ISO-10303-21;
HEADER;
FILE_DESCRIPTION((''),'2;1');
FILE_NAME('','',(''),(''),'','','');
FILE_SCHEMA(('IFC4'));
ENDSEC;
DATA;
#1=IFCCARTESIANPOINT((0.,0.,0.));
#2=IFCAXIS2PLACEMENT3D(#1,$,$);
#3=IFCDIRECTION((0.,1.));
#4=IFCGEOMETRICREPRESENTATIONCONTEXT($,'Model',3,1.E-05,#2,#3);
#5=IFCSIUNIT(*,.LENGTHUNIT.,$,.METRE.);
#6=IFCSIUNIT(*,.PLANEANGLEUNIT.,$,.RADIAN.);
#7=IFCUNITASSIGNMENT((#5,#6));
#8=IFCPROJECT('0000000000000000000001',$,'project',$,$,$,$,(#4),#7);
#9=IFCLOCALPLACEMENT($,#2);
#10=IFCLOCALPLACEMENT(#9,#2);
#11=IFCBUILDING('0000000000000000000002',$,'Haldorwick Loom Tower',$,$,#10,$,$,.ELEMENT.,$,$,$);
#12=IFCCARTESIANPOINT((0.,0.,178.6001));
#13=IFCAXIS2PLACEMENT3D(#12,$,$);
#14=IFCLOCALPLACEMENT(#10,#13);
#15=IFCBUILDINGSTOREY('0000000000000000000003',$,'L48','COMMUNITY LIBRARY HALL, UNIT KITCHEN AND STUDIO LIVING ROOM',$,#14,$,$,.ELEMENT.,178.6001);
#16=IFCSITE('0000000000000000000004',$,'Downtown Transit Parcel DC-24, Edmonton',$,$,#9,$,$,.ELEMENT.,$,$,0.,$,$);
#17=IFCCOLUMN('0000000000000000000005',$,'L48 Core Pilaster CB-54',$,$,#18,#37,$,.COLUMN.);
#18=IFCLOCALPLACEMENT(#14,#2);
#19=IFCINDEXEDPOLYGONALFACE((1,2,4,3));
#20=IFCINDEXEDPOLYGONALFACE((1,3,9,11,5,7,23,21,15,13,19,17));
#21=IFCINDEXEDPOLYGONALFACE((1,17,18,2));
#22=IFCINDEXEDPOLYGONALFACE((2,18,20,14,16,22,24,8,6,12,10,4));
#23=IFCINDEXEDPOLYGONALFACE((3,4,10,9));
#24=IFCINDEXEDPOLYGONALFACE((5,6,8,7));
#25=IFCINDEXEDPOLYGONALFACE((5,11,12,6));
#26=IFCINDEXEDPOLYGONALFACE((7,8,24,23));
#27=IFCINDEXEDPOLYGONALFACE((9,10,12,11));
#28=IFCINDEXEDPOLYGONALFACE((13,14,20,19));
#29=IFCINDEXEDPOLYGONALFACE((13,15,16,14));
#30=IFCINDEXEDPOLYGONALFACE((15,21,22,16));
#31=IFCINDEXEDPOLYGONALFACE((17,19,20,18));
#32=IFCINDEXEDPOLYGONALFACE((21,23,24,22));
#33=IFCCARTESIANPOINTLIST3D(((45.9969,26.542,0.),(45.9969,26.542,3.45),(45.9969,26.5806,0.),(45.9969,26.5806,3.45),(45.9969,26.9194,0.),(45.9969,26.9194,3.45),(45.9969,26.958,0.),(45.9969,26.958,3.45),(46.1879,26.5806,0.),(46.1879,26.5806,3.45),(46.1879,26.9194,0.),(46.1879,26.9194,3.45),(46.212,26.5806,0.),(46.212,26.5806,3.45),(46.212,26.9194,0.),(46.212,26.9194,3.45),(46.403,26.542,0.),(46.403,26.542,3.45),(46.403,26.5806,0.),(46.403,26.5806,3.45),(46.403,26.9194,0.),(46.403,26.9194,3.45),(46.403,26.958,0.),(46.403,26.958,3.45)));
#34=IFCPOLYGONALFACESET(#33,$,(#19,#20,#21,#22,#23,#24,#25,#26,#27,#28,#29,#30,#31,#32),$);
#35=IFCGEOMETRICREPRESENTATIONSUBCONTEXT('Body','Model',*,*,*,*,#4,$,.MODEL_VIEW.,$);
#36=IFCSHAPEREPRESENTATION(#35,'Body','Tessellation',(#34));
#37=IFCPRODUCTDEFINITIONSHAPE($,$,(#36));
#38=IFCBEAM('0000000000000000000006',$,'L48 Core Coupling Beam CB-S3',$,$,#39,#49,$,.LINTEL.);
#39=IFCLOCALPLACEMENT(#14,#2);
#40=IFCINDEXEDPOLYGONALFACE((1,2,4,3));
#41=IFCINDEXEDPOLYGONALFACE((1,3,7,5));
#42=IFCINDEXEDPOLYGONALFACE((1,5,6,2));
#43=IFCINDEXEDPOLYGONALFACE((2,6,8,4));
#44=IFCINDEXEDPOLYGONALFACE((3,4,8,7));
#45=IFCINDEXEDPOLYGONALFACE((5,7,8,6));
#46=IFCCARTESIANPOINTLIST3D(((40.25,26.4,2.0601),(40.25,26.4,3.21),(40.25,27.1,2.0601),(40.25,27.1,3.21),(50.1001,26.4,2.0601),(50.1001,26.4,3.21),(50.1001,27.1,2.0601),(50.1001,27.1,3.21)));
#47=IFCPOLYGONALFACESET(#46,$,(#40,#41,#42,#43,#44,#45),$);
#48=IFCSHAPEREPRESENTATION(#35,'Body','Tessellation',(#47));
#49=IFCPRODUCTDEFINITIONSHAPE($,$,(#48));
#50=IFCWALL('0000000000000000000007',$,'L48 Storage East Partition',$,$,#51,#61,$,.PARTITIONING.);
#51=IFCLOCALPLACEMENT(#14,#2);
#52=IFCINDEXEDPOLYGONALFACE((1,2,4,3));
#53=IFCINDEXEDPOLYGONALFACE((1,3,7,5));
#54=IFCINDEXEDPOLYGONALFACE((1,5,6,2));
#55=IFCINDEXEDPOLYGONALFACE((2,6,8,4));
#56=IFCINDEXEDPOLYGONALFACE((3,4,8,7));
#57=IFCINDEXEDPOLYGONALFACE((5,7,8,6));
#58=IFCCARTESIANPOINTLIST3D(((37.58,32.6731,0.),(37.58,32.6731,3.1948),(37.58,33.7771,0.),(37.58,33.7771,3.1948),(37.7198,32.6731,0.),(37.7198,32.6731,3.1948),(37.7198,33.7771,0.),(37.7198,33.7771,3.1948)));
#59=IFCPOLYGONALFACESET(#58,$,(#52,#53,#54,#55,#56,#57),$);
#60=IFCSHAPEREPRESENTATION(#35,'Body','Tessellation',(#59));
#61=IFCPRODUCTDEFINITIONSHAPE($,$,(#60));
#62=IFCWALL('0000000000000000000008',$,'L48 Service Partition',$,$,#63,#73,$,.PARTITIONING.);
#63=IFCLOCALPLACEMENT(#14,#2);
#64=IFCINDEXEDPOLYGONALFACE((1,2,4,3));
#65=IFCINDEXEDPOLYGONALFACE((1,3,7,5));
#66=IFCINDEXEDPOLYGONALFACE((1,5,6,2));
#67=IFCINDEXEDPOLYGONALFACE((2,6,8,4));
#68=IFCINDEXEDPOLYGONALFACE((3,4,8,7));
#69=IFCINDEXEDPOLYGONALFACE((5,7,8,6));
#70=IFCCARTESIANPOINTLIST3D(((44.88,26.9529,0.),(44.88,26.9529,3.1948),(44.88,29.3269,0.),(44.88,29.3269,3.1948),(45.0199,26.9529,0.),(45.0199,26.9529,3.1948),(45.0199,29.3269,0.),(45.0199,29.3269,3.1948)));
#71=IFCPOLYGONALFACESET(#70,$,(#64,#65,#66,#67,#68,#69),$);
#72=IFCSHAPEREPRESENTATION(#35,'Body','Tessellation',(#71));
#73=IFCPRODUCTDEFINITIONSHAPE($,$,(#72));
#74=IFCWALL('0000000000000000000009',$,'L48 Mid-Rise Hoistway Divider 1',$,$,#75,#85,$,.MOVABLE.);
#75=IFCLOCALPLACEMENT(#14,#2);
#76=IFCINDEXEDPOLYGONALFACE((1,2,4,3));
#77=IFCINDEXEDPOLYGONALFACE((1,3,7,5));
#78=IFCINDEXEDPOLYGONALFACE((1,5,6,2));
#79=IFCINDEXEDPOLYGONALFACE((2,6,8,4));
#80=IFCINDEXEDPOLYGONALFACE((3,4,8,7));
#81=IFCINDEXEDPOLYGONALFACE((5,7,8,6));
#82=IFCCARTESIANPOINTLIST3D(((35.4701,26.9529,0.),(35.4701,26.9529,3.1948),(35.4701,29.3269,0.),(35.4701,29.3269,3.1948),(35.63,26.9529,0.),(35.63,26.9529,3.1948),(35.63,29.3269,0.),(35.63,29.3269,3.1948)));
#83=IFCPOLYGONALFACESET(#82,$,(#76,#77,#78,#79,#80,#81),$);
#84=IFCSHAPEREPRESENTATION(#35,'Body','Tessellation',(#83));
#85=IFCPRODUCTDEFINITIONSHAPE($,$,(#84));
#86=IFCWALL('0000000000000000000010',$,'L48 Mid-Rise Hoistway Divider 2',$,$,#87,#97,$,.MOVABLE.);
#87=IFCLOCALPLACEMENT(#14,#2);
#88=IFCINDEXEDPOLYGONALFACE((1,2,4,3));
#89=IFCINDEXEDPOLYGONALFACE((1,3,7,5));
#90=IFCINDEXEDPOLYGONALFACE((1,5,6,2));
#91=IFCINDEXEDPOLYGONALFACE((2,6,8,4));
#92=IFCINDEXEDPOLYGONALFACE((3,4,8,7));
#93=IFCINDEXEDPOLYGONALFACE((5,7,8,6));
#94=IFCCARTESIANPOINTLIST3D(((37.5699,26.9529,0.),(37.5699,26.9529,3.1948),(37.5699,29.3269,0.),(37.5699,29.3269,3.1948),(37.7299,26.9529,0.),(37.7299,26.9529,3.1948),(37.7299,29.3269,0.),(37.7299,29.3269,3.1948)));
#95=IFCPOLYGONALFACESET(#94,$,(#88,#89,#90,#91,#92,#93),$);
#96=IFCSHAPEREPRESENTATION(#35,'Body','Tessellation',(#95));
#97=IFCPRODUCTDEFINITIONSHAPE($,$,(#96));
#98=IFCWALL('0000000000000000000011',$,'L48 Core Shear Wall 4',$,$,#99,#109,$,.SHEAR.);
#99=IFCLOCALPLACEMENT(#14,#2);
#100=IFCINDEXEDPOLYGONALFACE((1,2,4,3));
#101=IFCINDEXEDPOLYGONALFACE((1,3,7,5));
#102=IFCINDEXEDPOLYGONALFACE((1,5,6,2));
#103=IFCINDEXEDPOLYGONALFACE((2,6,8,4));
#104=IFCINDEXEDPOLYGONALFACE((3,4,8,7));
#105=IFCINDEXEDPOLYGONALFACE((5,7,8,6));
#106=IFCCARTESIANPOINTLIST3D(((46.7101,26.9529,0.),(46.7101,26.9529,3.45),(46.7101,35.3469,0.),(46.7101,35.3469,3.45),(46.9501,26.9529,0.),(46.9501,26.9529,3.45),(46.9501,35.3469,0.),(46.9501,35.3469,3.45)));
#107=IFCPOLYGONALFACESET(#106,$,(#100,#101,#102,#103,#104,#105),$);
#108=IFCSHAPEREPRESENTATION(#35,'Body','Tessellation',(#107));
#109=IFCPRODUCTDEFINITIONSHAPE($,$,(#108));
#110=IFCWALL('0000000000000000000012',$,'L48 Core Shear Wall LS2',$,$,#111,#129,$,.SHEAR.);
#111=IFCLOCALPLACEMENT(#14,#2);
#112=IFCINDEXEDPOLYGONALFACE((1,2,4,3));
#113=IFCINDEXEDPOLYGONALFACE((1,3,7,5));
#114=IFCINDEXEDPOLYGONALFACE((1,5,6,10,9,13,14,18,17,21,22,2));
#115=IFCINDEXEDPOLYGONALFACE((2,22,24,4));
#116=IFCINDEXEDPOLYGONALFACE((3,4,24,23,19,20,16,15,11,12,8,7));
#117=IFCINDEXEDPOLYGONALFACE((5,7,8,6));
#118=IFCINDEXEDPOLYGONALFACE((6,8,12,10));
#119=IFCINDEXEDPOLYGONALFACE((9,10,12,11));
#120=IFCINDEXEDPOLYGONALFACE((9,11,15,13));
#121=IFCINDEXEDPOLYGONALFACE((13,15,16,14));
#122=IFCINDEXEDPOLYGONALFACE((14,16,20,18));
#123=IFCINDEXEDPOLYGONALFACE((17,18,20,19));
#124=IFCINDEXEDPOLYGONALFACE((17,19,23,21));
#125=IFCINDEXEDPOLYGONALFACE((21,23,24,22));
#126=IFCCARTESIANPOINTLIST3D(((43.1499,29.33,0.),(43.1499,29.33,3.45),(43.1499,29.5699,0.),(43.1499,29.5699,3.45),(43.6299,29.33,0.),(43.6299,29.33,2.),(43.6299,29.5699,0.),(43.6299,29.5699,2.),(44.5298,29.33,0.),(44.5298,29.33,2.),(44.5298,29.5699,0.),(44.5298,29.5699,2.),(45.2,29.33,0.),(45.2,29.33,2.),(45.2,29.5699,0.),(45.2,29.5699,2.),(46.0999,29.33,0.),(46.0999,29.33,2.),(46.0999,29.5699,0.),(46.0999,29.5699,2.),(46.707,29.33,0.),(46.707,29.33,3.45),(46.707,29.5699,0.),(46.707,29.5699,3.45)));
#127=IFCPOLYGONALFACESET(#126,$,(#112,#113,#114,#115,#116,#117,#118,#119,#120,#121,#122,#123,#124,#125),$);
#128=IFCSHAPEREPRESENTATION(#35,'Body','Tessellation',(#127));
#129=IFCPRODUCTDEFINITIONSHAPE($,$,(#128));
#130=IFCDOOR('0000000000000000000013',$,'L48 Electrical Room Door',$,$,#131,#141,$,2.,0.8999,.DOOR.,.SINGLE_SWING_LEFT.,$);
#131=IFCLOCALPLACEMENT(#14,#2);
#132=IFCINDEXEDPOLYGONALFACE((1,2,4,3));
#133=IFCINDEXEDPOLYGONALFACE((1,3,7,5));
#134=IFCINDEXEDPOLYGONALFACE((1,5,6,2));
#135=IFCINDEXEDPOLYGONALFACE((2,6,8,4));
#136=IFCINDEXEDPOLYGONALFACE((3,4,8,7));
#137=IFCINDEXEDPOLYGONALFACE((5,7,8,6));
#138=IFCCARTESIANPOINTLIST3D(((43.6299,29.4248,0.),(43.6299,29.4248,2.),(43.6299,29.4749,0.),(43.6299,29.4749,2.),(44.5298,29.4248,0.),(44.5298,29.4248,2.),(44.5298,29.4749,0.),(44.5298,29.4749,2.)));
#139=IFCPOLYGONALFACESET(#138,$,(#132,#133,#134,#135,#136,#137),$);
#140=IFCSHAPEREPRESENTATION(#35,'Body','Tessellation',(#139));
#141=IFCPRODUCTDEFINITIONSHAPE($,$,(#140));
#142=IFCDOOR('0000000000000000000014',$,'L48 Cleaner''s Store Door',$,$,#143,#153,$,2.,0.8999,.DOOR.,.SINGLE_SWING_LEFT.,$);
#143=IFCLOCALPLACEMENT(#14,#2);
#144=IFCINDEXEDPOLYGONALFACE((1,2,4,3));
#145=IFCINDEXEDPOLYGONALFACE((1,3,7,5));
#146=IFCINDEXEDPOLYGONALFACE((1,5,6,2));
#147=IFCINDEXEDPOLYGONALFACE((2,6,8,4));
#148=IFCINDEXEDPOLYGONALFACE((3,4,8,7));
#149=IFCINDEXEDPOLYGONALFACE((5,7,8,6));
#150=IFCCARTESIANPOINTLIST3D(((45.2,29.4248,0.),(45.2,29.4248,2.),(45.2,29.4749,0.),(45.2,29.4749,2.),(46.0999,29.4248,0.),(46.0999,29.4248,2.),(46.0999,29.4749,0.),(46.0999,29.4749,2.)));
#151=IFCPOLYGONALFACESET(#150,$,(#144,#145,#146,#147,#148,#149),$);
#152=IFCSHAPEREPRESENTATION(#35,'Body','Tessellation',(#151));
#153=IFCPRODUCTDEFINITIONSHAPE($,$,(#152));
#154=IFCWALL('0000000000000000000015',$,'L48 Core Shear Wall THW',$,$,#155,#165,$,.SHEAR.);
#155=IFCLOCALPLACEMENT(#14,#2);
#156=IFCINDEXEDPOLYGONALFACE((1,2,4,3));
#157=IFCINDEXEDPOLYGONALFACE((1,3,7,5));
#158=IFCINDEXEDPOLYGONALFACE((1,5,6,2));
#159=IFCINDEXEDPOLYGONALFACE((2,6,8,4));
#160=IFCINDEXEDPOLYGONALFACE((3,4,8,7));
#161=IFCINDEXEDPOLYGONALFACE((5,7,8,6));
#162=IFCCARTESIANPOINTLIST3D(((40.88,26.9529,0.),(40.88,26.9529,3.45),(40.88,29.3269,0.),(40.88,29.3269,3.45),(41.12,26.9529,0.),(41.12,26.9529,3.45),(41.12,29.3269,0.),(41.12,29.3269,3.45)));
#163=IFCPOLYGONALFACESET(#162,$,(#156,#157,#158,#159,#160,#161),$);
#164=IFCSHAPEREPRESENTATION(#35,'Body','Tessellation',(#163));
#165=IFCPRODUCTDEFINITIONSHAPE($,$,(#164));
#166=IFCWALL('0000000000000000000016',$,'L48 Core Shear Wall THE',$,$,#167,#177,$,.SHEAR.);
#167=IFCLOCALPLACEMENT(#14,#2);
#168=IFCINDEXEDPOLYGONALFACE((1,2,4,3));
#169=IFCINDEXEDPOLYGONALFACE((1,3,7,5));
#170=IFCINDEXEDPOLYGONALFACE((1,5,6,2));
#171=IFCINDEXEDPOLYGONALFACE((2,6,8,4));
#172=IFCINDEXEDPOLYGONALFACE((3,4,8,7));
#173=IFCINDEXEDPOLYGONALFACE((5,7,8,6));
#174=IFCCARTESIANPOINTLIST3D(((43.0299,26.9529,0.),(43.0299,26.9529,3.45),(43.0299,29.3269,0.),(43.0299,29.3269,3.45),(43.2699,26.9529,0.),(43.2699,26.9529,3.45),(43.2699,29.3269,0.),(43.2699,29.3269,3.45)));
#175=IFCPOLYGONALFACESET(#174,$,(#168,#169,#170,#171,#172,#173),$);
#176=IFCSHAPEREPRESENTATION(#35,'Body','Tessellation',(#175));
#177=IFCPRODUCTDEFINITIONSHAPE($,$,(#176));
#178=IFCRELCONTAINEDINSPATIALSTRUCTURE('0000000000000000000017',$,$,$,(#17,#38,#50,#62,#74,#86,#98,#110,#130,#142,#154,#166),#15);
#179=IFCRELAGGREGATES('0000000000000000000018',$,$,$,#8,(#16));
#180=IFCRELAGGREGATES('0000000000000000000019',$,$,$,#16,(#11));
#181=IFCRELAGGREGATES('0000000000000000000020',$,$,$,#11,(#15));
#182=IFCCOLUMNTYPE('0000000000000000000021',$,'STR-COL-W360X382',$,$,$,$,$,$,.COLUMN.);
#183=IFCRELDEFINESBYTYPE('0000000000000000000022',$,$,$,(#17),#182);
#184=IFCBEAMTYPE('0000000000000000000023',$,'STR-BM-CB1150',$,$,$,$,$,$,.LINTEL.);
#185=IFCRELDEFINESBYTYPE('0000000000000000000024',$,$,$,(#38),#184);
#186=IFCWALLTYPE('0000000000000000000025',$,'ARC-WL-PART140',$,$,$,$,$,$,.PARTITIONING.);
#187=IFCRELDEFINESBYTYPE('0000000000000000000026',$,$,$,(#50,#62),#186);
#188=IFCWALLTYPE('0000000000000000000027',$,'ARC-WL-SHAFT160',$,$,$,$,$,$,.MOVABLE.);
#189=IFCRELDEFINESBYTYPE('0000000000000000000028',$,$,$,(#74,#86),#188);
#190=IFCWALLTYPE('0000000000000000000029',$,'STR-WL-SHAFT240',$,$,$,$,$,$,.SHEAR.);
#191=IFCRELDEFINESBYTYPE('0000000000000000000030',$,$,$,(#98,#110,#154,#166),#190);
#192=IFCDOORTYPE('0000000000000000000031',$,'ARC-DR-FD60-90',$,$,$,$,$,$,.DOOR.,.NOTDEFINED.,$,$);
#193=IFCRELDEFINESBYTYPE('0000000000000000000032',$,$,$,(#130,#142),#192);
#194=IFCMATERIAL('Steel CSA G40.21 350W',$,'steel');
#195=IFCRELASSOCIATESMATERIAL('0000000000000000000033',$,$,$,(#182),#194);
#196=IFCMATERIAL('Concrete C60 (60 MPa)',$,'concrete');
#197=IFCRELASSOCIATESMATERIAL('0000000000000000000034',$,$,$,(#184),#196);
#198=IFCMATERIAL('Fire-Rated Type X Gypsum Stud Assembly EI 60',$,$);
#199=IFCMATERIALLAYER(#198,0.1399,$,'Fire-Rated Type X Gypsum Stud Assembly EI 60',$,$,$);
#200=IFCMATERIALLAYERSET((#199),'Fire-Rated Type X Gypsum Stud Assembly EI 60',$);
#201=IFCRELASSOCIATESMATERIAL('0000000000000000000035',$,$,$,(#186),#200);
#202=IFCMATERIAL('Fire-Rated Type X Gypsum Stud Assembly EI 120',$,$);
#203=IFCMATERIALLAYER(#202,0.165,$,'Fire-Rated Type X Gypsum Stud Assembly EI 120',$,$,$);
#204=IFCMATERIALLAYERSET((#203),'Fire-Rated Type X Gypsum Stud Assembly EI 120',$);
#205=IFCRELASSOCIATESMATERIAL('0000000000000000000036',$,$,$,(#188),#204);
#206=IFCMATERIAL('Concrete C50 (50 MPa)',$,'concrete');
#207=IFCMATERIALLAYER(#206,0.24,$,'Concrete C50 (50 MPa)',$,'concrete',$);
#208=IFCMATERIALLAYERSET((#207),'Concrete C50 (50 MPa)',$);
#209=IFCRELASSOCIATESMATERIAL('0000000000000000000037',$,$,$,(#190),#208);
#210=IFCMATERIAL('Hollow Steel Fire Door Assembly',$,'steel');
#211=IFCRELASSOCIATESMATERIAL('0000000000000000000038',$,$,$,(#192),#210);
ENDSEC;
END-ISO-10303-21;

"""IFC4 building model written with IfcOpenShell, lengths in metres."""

from ifc_helpers import new_model, si_unit, direction, frame, frame_2d, origin, origin_2d, place, context, subcontext, project, spatial, rectangle, i_section, extrude, material, layer, layer_set, material_profile, profile_set, type_object, element, fill, save


model = new_model("IFC4")

# Units and contexts
model_context = context("Model", 3, precision=1e-05, world=origin(), true_north=direction((0.0, 1.0)))
body_context = subcontext(model_context, "Body", "Model", "MODEL_VIEW")
ifc_project = project(units=[si_unit("LENGTHUNIT", "METRE"), si_unit("PLANEANGLEUNIT", "RADIAN")], contexts=[model_context])

# Site, building, storey
site_placement = place(None, origin())
site = spatial("IfcSite", under=ifc_project, at=site_placement, Name="Downtown Transit Parcel DC-24, Edmonton", CompositionType="ELEMENT", RefElevation=0.0)
building_placement = place(site_placement, origin())
building = spatial("IfcBuilding", under=site, at=building_placement, Name="Haldorwick Loom Tower", CompositionType="ELEMENT")
storey_placement = place(building_placement, frame((0.0, 0.0, 178.6001)))
storey = spatial("IfcBuildingStorey", under=building, at=storey_placement, Name="L48", Description="COMMUNITY LIBRARY HALL, UNIT KITCHEN AND STUDIO LIVING ROOM", CompositionType="ELEMENT", Elevation=178.6001)

# Column
ifc_material_1 = material(Name="Steel CSA G40.21 350W", Category="steel")
ifc_material_profile_1 = material_profile(ifc_material_1, i_section(OverallWidth=0.406, OverallDepth=0.416, WebThickness=0.0242, FlangeThickness=0.0386, at=origin_2d()), Name="W360X382", Category="steel")
ifc_profile_set_1 = profile_set([ifc_material_profile_1], Name="Steel CSA G40.21 350W")
column_type = type_object("IfcColumnType", Name="STR-COL-W360X382", PredefinedType="COLUMN", material=ifc_profile_set_1)
for number, where, z_axis, x_axis, name in (
    (1, (46.2, 26.75, 0.0), (0.0, 0.0, 1.0), (1.0, 0.0, 0.0), "L48 Core Pilaster CB-54"),
):
    element("IfcColumn", number, at=place(storey_placement, frame(where, z_axis=z_axis, x_axis=x_axis)), inside=storey, type_object=column_type, Name=name, PredefinedType="COLUMN", context=body_context, shape_type="SweptSolid", body=[
        extrude(i_section(OverallWidth=0.406, OverallDepth=0.416, WebThickness=0.0242, FlangeThickness=0.0386, at=origin_2d()), origin(), (0.0, 0.0, 1.0), 3.45),
    ])

# Beam
ifc_material_2 = material(Name="Concrete C60 (60 MPa)", Category="concrete")
ifc_material_profile_2 = material_profile(ifc_material_2, rectangle(XDim=0.7, YDim=1.1499, at=origin_2d()), Name="RC700X1150", Category="concrete")
ifc_profile_set_2 = profile_set([ifc_material_profile_2], Name="Concrete C60 (60 MPa)")
beam_type = type_object("IfcBeamType", Name="STR-BM-CB1150", PredefinedType="LINTEL", material=ifc_profile_set_2)
beam_placement = place(storey_placement, frame((40.25, 26.75, 2.635), z_axis=(1.0, 0.0, 0.0), x_axis=(0.0, 1.0, 0.0)))
element("IfcBeam", 2, at=beam_placement, inside=storey, type_object=beam_type, Name="L48 Core Coupling Beam CB-S3", PredefinedType="LINTEL", context=body_context, shape_type="SweptSolid", body=[
    extrude(rectangle(XDim=0.7, YDim=1.1499, at=origin_2d()), origin(), (0.0, 0.0, 1.0), 9.8501),
])

# Walls
ifc_material_3 = material(Name="Fire-Rated Type X Gypsum Stud Assembly EI 60")
ifc_layer_1 = layer(ifc_material_3, 0.1399, Name="Fire-Rated Type X Gypsum Stud Assembly EI 60")
ifc_layer_set_1 = layer_set([ifc_layer_1], Name="Fire-Rated Type X Gypsum Stud Assembly EI 60")
wall_type_1 = type_object("IfcWallType", Name="ARC-WL-PART140", PredefinedType="PARTITIONING", material=ifc_layer_set_1)
wall_1_placement = place(storey_placement, frame((37.6499, 32.6731, 0.0), z_axis=(0.0, 0.0, 1.0), x_axis=(0.0, 1.0, 0.0)))
element("IfcWall", 3, at=wall_1_placement, inside=storey, type_object=wall_type_1, Name="L48 Storage East Partition", PredefinedType="PARTITIONING", context=body_context, shape_type="SweptSolid", body=[
    extrude(rectangle(XDim=1.104, YDim=0.1399, at=frame_2d((0.552, 0.0))), origin(), (0.0, 0.0, 1.0), 3.1948),
])
wall_2_placement = place(storey_placement, frame((44.95, 26.9529, 0.0), z_axis=(0.0, 0.0, 1.0), x_axis=(0.0, 1.0, 0.0)))
element("IfcWall", 4, at=wall_2_placement, inside=storey, type_object=wall_type_1, Name="L48 Service Partition", PredefinedType="PARTITIONING", context=body_context, shape_type="SweptSolid", body=[
    extrude(rectangle(XDim=2.374, YDim=0.1399, at=frame_2d((1.187, 0.0))), origin(), (0.0, 0.0, 1.0), 3.1948),
])
ifc_material_4 = material(Name="Fire-Rated Type X Gypsum Stud Assembly EI 120")
ifc_layer_2 = layer(ifc_material_4, 0.165, Name="Fire-Rated Type X Gypsum Stud Assembly EI 120")
ifc_layer_set_2 = layer_set([ifc_layer_2], Name="Fire-Rated Type X Gypsum Stud Assembly EI 120")
wall_type_2 = type_object("IfcWallType", Name="ARC-WL-SHAFT160", PredefinedType="MOVABLE", material=ifc_layer_set_2)
for number, where, z_axis, x_axis, name in (
    (5, (35.55, 26.9529, 0.0), (0.0, 0.0, 1.0), (0.0, 1.0, 0.0), "L48 Mid-Rise Hoistway Divider 1"),
    (6, (37.6499, 26.9529, 0.0), (0.0, 0.0, 1.0), (0.0, 1.0, 0.0), "L48 Mid-Rise Hoistway Divider 2"),
):
    element("IfcWall", number, at=place(storey_placement, frame(where, z_axis=z_axis, x_axis=x_axis)), inside=storey, type_object=wall_type_2, Name=name, PredefinedType="MOVABLE", context=body_context, shape_type="SweptSolid", body=[
        extrude(rectangle(XDim=2.374, YDim=0.1599, at=frame_2d((1.187, 0.0))), origin(), (0.0, 0.0, 1.0), 3.1948),
    ])
ifc_material_5 = material(Name="Concrete C50 (50 MPa)", Category="concrete")
ifc_layer_3 = layer(ifc_material_5, 0.24, Name="Concrete C50 (50 MPa)", Category="concrete")
ifc_layer_set_3 = layer_set([ifc_layer_3], Name="Concrete C50 (50 MPa)")
wall_type_3 = type_object("IfcWallType", Name="STR-WL-SHAFT240", PredefinedType="SHEAR", material=ifc_layer_set_3)
wall_3_placement = place(storey_placement, frame((46.8301, 26.9529, 0.0), z_axis=(0.0, 0.0, 1.0), x_axis=(0.0, 1.0, 0.0)))
element("IfcWall", 7, at=wall_3_placement, inside=storey, type_object=wall_type_3, Name="L48 Core Shear Wall 4", PredefinedType="SHEAR", context=body_context, shape_type="SweptSolid", body=[
    extrude(rectangle(XDim=8.394, YDim=0.24, at=frame_2d((4.197, 0.0))), origin(), (0.0, 0.0, 1.0), 3.45),
])

# Wall, openings, doors
wall_4_placement = place(storey_placement, frame((43.1499, 29.45, 0.0), z_axis=(0.0, 0.0, 1.0), x_axis=(1.0, 0.0, 0.0)))
wall_4 = element("IfcWall", 8, at=wall_4_placement, inside=storey, type_object=wall_type_3, Name="L48 Core Shear Wall LS2", PredefinedType="SHEAR", context=body_context, shape_type="SweptSolid", body=[
    extrude(rectangle(XDim=3.5571, YDim=0.24, at=frame_2d((1.7786, 0.0))), origin(), (0.0, 0.0, 1.0), 3.45),
])
opening_1_placement = place(wall_4_placement, frame((0.48, 0.0, 0.0)))
opening_1 = element("IfcOpeningElement", 9, at=opening_1_placement, cuts=wall_4, PredefinedType="OPENING", context=body_context, shape_type="SweptSolid", body=[
    extrude(rectangle(XDim=0.8999, YDim=2.0, at=frame_2d((0.45, 1.0))), frame((0.0, 0.1299, 0.0), z_axis=(0.0, -1.0, 0.0), x_axis=(1.0, 0.0, 0.0)), (0.0, 0.0, 1.0), 0.26),
])
opening_2_placement = place(wall_4_placement, frame((2.05, 0.0, 0.0)))
opening_2 = element("IfcOpeningElement", 10, at=opening_2_placement, cuts=wall_4, PredefinedType="OPENING", context=body_context, shape_type="SweptSolid", body=[
    extrude(rectangle(XDim=0.8999, YDim=2.0, at=frame_2d((0.45, 1.0))), frame((0.0, 0.1299, 0.0), z_axis=(0.0, -1.0, 0.0), x_axis=(1.0, 0.0, 0.0)), (0.0, 0.0, 1.0), 0.26),
])
ifc_material_6 = material(Name="Hollow Steel Fire Door Assembly", Category="steel")
door_type = type_object("IfcDoorType", Name="ARC-DR-FD60-90", OperationType="NOTDEFINED", PredefinedType="DOOR", material=ifc_material_6)
door_1_placement = place(opening_1_placement, origin())
door_1 = element("IfcDoor", 11, at=door_1_placement, inside=storey, type_object=door_type, Name="L48 Electrical Room Door", OperationType="SINGLE_SWING_LEFT", OverallHeight=2.0, OverallWidth=0.8999, PredefinedType="DOOR", context=body_context, shape_type="SweptSolid", body=[
    extrude(rectangle(XDim=0.8999, YDim=2.0, at=frame_2d((0.45, 1.0))), frame((0.0, 0.0249, 0.0), z_axis=(0.0, -1.0, 0.0), x_axis=(1.0, 0.0, 0.0)), (0.0, 0.0, 1.0), 0.05),
])
fill(opening_1, door_1)
door_2_placement = place(opening_2_placement, origin())
door_2 = element("IfcDoor", 12, at=door_2_placement, inside=storey, type_object=door_type, Name="L48 Cleaner's Store Door", OperationType="SINGLE_SWING_LEFT", OverallHeight=2.0, OverallWidth=0.8999, PredefinedType="DOOR", context=body_context, shape_type="SweptSolid", body=[
    extrude(rectangle(XDim=0.8999, YDim=2.0, at=frame_2d((0.45, 1.0))), frame((0.0, 0.0249, 0.0), z_axis=(0.0, -1.0, 0.0), x_axis=(1.0, 0.0, 0.0)), (0.0, 0.0, 1.0), 0.05),
])
fill(opening_2, door_2)

# Walls
for number, where, z_axis, x_axis, name in (
    (13, (41.0, 26.9529, 0.0), (0.0, 0.0, 1.0), (0.0, 1.0, 0.0), "L48 Core Shear Wall THW"),
    (14, (43.1499, 26.9529, 0.0), (0.0, 0.0, 1.0), (0.0, 1.0, 0.0), "L48 Core Shear Wall THE"),
):
    element("IfcWall", number, at=place(storey_placement, frame(where, z_axis=z_axis, x_axis=x_axis)), inside=storey, type_object=wall_type_3, Name=name, PredefinedType="SHEAR", context=body_context, shape_type="SweptSolid", body=[
        extrude(rectangle(XDim=2.374, YDim=0.24, at=frame_2d((1.187, 0.0))), origin(), (0.0, 0.0, 1.0), 3.45),
    ])

save(model, "model.ifc")
